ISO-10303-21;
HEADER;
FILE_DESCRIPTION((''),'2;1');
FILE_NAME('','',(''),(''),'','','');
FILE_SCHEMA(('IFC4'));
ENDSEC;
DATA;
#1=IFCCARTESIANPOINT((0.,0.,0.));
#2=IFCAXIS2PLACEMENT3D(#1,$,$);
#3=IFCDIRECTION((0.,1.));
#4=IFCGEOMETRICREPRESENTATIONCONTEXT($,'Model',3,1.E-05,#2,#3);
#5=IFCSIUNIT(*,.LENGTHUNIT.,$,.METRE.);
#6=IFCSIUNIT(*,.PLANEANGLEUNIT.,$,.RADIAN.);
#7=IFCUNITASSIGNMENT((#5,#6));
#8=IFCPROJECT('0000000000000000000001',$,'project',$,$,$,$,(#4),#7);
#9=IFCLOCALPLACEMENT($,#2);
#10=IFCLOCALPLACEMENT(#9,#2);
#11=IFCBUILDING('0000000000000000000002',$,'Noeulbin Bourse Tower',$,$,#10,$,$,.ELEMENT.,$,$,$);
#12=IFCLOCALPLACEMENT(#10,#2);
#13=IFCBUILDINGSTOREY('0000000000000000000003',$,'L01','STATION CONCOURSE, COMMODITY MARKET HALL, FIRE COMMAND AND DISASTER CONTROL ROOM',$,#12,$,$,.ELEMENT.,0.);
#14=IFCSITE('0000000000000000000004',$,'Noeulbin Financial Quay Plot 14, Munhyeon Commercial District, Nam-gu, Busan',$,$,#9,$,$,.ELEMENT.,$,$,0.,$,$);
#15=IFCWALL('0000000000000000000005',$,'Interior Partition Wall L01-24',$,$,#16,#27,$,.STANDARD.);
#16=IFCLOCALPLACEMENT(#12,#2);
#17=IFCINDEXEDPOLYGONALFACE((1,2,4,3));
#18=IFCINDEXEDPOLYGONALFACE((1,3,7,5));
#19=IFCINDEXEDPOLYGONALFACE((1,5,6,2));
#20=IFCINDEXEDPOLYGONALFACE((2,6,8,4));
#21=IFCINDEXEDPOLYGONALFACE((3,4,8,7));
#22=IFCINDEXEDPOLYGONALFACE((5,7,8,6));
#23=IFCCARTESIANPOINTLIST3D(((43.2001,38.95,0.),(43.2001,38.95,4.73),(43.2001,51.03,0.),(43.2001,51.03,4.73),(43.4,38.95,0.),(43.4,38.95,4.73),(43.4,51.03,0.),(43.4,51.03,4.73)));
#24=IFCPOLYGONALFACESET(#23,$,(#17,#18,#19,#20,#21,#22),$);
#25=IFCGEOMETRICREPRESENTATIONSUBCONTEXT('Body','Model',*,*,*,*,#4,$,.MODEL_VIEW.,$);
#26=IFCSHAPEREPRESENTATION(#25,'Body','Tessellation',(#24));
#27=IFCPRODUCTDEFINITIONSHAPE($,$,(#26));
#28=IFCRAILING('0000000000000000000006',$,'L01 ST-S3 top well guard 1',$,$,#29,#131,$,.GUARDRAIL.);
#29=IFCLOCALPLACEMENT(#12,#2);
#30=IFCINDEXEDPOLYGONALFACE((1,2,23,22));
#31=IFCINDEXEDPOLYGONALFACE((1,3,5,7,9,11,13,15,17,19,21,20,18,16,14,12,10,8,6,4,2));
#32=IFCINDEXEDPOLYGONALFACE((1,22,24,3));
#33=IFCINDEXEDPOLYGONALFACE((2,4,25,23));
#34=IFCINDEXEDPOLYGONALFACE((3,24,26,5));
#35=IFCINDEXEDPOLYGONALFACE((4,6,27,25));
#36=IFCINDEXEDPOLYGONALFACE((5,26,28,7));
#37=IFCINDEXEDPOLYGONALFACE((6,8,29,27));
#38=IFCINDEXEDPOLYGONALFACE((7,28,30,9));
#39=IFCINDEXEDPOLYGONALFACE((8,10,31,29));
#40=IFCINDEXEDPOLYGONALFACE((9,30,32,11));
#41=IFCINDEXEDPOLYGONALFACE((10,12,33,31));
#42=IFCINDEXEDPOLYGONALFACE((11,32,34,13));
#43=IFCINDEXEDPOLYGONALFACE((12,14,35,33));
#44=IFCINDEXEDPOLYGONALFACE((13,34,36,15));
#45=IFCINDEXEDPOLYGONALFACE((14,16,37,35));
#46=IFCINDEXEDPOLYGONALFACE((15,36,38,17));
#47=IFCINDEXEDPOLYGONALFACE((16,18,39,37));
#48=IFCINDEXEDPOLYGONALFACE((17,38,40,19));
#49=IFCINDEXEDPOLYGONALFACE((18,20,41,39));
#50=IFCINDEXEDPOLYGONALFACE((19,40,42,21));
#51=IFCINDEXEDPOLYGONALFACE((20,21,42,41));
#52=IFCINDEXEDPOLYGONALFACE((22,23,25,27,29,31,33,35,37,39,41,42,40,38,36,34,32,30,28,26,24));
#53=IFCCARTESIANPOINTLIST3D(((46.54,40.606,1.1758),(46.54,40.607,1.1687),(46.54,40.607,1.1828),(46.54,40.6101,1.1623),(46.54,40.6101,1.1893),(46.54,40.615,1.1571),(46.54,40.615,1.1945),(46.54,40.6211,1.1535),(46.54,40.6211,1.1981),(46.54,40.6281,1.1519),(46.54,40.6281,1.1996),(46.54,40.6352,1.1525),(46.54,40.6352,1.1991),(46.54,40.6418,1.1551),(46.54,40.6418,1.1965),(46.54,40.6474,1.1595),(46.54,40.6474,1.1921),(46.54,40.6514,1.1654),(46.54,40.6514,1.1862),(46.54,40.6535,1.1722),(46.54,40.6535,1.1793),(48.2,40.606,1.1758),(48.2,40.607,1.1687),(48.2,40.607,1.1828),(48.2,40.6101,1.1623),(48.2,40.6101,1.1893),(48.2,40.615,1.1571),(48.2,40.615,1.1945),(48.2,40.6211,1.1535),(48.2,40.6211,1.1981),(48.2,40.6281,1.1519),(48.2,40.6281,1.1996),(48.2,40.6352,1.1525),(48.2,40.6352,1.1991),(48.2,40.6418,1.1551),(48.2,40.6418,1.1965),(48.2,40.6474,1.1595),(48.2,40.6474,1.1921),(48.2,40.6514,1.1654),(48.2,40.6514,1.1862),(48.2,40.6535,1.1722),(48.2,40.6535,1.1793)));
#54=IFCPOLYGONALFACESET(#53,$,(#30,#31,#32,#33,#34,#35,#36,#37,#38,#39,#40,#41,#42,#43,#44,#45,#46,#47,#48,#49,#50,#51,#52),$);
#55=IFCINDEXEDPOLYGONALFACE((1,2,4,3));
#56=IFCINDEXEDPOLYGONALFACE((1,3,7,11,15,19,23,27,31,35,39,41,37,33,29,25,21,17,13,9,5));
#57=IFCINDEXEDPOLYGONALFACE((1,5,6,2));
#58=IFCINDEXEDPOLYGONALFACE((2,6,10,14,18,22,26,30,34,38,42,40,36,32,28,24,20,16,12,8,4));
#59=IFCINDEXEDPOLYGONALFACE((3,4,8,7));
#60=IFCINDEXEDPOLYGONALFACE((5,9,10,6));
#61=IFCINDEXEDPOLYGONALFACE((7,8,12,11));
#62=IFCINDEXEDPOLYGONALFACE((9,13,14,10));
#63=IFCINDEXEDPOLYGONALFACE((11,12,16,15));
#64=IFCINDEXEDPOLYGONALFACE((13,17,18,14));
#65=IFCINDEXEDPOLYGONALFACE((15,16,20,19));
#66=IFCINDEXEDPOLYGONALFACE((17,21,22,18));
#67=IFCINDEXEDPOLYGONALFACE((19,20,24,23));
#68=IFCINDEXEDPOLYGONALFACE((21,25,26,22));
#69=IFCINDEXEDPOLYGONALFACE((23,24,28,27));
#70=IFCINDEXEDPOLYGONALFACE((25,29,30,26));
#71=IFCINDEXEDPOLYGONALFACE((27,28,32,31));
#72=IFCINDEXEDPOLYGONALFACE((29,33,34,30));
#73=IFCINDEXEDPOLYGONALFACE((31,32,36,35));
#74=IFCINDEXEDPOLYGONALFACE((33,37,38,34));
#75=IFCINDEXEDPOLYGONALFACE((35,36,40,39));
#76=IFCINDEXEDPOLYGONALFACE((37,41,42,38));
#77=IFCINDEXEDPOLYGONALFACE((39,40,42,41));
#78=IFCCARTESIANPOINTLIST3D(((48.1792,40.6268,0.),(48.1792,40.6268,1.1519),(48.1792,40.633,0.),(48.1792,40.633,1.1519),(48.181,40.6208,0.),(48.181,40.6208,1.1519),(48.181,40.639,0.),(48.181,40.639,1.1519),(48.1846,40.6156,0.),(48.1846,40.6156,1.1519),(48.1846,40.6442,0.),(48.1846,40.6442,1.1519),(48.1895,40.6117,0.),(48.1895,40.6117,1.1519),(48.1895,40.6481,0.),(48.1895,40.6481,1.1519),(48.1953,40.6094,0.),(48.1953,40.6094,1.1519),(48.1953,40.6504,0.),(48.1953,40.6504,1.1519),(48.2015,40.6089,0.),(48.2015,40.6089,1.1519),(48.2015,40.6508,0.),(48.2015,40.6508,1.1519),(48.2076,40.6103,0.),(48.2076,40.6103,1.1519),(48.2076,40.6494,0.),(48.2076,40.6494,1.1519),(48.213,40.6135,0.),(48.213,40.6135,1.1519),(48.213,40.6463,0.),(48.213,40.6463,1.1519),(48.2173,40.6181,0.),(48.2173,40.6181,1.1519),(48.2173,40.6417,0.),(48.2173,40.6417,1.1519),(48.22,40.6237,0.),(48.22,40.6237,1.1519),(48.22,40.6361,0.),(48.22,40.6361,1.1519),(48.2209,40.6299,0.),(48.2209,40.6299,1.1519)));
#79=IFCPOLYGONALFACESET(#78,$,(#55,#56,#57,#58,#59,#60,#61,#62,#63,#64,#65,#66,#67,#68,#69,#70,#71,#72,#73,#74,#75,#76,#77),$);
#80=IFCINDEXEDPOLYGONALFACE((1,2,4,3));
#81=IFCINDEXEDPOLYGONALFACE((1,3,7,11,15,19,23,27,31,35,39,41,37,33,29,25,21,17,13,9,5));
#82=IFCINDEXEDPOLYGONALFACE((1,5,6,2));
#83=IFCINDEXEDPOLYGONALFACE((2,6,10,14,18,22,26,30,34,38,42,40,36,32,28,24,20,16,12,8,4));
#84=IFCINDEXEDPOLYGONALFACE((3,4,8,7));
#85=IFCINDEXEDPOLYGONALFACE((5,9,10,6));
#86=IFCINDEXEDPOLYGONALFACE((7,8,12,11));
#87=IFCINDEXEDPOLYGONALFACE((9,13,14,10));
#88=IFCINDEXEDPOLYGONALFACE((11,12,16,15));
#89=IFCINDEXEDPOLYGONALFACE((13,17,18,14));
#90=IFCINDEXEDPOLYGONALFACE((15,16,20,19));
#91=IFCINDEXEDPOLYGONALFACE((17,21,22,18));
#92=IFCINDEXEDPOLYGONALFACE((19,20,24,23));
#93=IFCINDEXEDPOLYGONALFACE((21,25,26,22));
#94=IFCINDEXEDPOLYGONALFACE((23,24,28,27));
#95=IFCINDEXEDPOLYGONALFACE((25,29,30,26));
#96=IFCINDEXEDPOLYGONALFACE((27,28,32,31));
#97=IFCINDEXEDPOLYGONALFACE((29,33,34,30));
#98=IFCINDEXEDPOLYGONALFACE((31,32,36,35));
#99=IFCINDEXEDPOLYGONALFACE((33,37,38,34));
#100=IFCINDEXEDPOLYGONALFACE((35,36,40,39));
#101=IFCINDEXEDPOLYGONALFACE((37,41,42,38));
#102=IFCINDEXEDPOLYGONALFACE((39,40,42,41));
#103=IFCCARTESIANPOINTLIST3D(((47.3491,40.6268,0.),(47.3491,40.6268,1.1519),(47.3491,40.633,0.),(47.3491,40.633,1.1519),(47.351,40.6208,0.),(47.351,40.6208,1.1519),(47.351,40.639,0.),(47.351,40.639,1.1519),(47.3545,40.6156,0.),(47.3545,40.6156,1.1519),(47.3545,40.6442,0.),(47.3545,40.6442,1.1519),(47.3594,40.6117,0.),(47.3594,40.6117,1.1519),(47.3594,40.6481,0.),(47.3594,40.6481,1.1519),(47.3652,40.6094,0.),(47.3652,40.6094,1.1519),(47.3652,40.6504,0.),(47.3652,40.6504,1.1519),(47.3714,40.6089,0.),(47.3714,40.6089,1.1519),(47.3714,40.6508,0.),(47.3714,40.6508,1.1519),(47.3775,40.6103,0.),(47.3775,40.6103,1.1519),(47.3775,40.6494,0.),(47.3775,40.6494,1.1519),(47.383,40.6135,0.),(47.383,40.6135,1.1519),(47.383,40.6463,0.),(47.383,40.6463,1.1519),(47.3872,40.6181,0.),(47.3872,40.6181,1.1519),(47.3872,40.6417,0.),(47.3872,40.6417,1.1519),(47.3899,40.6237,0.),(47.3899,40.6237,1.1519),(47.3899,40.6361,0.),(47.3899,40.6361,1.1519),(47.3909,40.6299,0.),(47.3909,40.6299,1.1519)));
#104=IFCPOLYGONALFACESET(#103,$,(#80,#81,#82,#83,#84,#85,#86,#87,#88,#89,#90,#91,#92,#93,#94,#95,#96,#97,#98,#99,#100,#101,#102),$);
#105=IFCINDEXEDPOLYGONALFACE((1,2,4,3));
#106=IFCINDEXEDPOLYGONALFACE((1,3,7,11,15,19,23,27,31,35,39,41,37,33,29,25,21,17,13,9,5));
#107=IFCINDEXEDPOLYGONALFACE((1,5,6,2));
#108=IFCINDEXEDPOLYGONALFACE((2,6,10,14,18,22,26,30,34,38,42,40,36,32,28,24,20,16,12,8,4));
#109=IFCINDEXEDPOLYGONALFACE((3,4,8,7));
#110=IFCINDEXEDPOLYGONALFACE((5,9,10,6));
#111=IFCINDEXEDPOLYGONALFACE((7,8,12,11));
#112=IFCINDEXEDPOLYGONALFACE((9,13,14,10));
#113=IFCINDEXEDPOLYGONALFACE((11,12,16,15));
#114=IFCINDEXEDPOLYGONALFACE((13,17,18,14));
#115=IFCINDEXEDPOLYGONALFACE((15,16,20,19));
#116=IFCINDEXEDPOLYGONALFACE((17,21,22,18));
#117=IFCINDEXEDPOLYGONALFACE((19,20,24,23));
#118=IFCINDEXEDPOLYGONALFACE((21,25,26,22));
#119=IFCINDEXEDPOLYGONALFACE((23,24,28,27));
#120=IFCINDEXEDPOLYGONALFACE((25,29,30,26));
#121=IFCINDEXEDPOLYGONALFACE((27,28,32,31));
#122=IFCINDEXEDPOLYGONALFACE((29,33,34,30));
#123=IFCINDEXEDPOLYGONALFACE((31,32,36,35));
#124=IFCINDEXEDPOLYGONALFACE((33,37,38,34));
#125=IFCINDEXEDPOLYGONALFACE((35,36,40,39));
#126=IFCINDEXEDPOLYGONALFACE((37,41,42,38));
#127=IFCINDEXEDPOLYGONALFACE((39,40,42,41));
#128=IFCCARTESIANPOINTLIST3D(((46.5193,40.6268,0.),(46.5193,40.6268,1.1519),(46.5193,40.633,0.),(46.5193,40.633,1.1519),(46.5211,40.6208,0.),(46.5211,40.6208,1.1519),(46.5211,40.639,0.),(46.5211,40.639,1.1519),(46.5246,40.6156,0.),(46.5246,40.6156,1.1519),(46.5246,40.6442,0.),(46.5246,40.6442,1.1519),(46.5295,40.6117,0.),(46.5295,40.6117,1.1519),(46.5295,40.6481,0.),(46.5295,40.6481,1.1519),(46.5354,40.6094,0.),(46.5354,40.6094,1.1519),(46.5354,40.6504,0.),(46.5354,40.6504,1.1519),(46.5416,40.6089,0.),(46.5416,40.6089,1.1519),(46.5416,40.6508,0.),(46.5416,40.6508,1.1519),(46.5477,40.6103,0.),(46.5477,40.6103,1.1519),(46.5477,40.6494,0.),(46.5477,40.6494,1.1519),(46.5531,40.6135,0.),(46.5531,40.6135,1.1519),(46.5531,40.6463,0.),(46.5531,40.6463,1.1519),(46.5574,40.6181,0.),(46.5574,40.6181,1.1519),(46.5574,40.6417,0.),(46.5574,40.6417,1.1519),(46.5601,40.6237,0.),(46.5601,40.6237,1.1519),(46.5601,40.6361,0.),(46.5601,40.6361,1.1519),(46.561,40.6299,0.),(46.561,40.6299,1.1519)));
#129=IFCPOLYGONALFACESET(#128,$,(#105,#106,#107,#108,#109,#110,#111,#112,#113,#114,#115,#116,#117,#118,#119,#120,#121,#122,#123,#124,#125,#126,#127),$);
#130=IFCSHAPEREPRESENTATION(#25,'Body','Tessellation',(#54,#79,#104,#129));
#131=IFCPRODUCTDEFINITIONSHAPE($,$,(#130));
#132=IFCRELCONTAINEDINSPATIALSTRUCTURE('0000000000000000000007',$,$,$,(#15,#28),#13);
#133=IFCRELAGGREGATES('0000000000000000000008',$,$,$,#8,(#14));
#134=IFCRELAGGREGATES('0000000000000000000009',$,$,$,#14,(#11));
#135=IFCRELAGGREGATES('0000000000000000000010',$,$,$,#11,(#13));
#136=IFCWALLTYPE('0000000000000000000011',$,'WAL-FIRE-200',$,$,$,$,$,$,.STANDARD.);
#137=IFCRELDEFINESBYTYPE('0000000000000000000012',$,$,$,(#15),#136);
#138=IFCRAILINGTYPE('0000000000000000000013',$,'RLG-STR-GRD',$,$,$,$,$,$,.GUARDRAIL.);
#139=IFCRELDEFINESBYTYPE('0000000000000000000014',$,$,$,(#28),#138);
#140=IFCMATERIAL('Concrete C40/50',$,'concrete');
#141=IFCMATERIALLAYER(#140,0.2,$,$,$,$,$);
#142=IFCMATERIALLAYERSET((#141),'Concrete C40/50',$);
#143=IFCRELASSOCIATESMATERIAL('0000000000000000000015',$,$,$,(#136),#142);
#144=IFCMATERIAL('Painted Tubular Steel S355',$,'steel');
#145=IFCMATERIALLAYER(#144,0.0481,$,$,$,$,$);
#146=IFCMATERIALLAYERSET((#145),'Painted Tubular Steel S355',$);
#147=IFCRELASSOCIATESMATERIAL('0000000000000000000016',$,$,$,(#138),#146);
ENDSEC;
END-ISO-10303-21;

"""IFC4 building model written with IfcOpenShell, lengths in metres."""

from ifc_helpers import new_model, si_unit, direction, frame, frame_2d, origin, origin_2d, place, context, subcontext, project, spatial, rectangle, circle, extrude, material, layer, layer_set, type_object, element, save


model = new_model("IFC4")

# Units and contexts
model_context = context("Model", 3, precision=1e-05, world=origin(), true_north=direction((0.0, 1.0)))
body_context = subcontext(model_context, "Body", "Model", "MODEL_VIEW")
ifc_project = project(units=[si_unit("LENGTHUNIT", "METRE"), si_unit("PLANEANGLEUNIT", "RADIAN")], contexts=[model_context])

# Site, building, storey
site_placement = place(None, origin())
site = spatial("IfcSite", under=ifc_project, at=site_placement, Name="Noeulbin Financial Quay Plot 14, Munhyeon Commercial District, Nam-gu, Busan", CompositionType="ELEMENT", RefElevation=0.0)
building_placement = place(site_placement, origin())
building = spatial("IfcBuilding", under=site, at=building_placement, Name="Noeulbin Bourse Tower", CompositionType="ELEMENT")
storey_placement = place(building_placement, origin())
storey = spatial("IfcBuildingStorey", under=building, at=storey_placement, Name="L01", Description="STATION CONCOURSE, COMMODITY MARKET HALL, FIRE COMMAND AND DISASTER CONTROL ROOM", CompositionType="ELEMENT", Elevation=0.0)

# Shared definitions
ifc_material_1 = material(Name="Concrete C40/50", Category="concrete")
ifc_layer_1 = layer(ifc_material_1, 0.2)
ifc_layer_set_1 = layer_set([ifc_layer_1], Name="Concrete C40/50")
wall_type = type_object("IfcWallType", Name="WAL-FIRE-200", PredefinedType="STANDARD", material=ifc_layer_set_1)

# Wall
wall_1_placement = place(storey_placement, frame((43.3, 38.95, 0.0), z_axis=(0.0, 0.0, 1.0), x_axis=(0.0, 1.0, 0.0)))
element("IfcWall", 1, at=wall_1_placement, inside=storey, type_object=wall_type, Name="Interior Partition Wall L01-24", PredefinedType="STANDARD", context=body_context, shape_type="SweptSolid", body=[
    extrude(rectangle(XDim=12.0801, YDim=0.2, at=frame_2d((6.04, 0.0))), origin(), (0.0, 0.0, 1.0), 4.73),
])

# Railing
ifc_material_2 = material(Name="Painted Tubular Steel S355", Category="steel")
ifc_layer_2 = layer(ifc_material_2, 0.0481)
ifc_layer_set_2 = layer_set([ifc_layer_2], Name="Painted Tubular Steel S355")
railing_type = type_object("IfcRailingType", Name="RLG-STR-GRD", PredefinedType="GUARDRAIL", material=ifc_layer_set_2)
railing_placement = place(storey_placement, frame((48.2, 40.6299, 0.0)))
element("IfcRailing", 2, at=railing_placement, inside=storey, type_object=railing_type, Name="L01 ST-S3 top well guard 1", PredefinedType="GUARDRAIL", context=body_context, shape_type="SweptSolid", body=[
    extrude(circle(Radius=0.0239, at=origin_2d()), frame((0.0, 0.0, 1.1758), z_axis=(-1.0, 0.0, 0.0), x_axis=(0.0, -1.0, 0.0)), (0.0, 0.0, 1.0), 1.6599),
    extrude(circle(Radius=0.021, at=origin_2d()), origin(), (0.0, 0.0, 1.0), 1.1519),
    extrude(circle(Radius=0.021, at=origin_2d()), frame((-0.8301, 0.0, 0.0)), (0.0, 0.0, 1.0), 1.1519),
    extrude(circle(Radius=0.021, at=origin_2d()), frame((-1.6599, 0.0, 0.0)), (0.0, 0.0, 1.0), 1.1519),
])

save(model, "model.ifc")
